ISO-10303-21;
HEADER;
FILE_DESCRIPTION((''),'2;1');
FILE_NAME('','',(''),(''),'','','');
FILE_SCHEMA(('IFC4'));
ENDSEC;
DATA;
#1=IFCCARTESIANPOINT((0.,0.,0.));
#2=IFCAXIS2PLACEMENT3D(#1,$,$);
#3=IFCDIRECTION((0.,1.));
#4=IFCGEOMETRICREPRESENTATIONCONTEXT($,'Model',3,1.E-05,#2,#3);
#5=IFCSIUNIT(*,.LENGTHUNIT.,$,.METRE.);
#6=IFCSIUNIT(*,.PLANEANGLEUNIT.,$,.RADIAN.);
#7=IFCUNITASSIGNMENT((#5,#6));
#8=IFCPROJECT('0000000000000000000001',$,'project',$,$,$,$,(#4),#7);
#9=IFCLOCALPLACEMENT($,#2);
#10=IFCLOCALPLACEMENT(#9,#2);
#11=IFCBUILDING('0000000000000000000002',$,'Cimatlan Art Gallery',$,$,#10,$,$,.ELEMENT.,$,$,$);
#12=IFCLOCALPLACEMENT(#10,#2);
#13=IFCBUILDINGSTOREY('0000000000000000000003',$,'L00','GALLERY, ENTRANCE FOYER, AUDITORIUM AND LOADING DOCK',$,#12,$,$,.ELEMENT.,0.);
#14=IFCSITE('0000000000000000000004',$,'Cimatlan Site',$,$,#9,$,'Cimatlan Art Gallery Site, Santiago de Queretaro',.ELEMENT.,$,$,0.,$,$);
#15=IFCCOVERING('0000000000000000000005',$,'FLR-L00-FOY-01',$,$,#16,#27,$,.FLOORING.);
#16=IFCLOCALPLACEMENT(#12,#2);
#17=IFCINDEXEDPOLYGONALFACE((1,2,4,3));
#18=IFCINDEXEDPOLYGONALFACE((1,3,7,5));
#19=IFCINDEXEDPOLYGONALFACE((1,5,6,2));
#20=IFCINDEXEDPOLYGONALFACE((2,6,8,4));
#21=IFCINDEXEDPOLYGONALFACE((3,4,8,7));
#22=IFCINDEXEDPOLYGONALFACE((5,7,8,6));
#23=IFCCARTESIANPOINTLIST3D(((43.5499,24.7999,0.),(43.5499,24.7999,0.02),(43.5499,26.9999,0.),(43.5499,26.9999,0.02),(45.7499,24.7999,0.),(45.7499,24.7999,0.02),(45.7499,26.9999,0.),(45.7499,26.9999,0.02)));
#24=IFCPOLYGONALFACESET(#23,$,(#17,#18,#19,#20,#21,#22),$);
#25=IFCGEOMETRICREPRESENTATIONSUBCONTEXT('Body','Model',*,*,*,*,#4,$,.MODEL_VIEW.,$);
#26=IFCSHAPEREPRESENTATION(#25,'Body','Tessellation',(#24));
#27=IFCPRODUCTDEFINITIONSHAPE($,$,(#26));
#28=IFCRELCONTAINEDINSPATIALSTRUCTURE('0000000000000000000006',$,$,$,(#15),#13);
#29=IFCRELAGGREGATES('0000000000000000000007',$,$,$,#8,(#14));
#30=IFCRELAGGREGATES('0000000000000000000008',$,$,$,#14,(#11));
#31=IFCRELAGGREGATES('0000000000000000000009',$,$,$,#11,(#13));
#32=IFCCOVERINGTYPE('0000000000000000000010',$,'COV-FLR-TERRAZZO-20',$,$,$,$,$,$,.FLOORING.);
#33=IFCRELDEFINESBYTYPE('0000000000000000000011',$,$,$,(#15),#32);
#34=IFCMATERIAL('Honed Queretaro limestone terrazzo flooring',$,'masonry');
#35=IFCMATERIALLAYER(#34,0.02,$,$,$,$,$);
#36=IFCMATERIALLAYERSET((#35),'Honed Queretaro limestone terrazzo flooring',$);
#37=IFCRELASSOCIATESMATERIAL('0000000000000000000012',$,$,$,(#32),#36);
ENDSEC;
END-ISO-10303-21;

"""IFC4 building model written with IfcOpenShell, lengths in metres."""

from ifc_helpers import new_model, si_unit, direction, frame, origin, origin_2d, place, context, subcontext, project, spatial, rectangle, extrude, material, layer, layer_set, type_object, element, save


model = new_model("IFC4")

# Units and contexts
model_context = context("Model", 3, precision=1e-05, world=origin(), true_north=direction((0.0, 1.0)))
body_context = subcontext(model_context, "Body", "Model", "MODEL_VIEW")
ifc_project = project(units=[si_unit("LENGTHUNIT", "METRE"), si_unit("PLANEANGLEUNIT", "RADIAN")], contexts=[model_context])

# Site, building, storey
site_placement = place(None, origin())
site = spatial("IfcSite", under=ifc_project, at=site_placement, Name="Cimatlan Site", LongName="Cimatlan Art Gallery Site, Santiago de Queretaro", CompositionType="ELEMENT", RefElevation=0.0)
building_placement = place(site_placement, origin())
building = spatial("IfcBuilding", under=site, at=building_placement, Name="Cimatlan Art Gallery", CompositionType="ELEMENT")
storey_placement = place(building_placement, origin())
storey = spatial("IfcBuildingStorey", under=building, at=storey_placement, Name="L00", Description="GALLERY, ENTRANCE FOYER, AUDITORIUM AND LOADING DOCK", CompositionType="ELEMENT", Elevation=0.0)

# Covering
ifc_material_1 = material(Name="Honed Queretaro limestone terrazzo flooring", Category="masonry")
ifc_layer_1 = layer(ifc_material_1, 0.02)
ifc_layer_set_1 = layer_set([ifc_layer_1], Name="Honed Queretaro limestone terrazzo flooring")
covering_type_1 = type_object("IfcCoveringType", Name="COV-FLR-TERRAZZO-20", PredefinedType="FLOORING", material=ifc_layer_set_1)
covering_1_placement = place(storey_placement, frame((44.6499, 25.8999, 0.0), z_axis=(0.0, 0.0, 1.0), x_axis=(1.0, 0.0, 0.0)))
element("IfcCovering", 1, at=covering_1_placement, inside=storey, type_object=covering_type_1, Name="FLR-L00-FOY-01", PredefinedType="FLOORING", context=body_context, shape_type="SweptSolid", body=[
    extrude(rectangle(XDim=2.2, YDim=2.2, at=origin_2d()), origin(), (0.0, 0.0, 1.0), 0.02),
])

save(model, "model.ifc")
